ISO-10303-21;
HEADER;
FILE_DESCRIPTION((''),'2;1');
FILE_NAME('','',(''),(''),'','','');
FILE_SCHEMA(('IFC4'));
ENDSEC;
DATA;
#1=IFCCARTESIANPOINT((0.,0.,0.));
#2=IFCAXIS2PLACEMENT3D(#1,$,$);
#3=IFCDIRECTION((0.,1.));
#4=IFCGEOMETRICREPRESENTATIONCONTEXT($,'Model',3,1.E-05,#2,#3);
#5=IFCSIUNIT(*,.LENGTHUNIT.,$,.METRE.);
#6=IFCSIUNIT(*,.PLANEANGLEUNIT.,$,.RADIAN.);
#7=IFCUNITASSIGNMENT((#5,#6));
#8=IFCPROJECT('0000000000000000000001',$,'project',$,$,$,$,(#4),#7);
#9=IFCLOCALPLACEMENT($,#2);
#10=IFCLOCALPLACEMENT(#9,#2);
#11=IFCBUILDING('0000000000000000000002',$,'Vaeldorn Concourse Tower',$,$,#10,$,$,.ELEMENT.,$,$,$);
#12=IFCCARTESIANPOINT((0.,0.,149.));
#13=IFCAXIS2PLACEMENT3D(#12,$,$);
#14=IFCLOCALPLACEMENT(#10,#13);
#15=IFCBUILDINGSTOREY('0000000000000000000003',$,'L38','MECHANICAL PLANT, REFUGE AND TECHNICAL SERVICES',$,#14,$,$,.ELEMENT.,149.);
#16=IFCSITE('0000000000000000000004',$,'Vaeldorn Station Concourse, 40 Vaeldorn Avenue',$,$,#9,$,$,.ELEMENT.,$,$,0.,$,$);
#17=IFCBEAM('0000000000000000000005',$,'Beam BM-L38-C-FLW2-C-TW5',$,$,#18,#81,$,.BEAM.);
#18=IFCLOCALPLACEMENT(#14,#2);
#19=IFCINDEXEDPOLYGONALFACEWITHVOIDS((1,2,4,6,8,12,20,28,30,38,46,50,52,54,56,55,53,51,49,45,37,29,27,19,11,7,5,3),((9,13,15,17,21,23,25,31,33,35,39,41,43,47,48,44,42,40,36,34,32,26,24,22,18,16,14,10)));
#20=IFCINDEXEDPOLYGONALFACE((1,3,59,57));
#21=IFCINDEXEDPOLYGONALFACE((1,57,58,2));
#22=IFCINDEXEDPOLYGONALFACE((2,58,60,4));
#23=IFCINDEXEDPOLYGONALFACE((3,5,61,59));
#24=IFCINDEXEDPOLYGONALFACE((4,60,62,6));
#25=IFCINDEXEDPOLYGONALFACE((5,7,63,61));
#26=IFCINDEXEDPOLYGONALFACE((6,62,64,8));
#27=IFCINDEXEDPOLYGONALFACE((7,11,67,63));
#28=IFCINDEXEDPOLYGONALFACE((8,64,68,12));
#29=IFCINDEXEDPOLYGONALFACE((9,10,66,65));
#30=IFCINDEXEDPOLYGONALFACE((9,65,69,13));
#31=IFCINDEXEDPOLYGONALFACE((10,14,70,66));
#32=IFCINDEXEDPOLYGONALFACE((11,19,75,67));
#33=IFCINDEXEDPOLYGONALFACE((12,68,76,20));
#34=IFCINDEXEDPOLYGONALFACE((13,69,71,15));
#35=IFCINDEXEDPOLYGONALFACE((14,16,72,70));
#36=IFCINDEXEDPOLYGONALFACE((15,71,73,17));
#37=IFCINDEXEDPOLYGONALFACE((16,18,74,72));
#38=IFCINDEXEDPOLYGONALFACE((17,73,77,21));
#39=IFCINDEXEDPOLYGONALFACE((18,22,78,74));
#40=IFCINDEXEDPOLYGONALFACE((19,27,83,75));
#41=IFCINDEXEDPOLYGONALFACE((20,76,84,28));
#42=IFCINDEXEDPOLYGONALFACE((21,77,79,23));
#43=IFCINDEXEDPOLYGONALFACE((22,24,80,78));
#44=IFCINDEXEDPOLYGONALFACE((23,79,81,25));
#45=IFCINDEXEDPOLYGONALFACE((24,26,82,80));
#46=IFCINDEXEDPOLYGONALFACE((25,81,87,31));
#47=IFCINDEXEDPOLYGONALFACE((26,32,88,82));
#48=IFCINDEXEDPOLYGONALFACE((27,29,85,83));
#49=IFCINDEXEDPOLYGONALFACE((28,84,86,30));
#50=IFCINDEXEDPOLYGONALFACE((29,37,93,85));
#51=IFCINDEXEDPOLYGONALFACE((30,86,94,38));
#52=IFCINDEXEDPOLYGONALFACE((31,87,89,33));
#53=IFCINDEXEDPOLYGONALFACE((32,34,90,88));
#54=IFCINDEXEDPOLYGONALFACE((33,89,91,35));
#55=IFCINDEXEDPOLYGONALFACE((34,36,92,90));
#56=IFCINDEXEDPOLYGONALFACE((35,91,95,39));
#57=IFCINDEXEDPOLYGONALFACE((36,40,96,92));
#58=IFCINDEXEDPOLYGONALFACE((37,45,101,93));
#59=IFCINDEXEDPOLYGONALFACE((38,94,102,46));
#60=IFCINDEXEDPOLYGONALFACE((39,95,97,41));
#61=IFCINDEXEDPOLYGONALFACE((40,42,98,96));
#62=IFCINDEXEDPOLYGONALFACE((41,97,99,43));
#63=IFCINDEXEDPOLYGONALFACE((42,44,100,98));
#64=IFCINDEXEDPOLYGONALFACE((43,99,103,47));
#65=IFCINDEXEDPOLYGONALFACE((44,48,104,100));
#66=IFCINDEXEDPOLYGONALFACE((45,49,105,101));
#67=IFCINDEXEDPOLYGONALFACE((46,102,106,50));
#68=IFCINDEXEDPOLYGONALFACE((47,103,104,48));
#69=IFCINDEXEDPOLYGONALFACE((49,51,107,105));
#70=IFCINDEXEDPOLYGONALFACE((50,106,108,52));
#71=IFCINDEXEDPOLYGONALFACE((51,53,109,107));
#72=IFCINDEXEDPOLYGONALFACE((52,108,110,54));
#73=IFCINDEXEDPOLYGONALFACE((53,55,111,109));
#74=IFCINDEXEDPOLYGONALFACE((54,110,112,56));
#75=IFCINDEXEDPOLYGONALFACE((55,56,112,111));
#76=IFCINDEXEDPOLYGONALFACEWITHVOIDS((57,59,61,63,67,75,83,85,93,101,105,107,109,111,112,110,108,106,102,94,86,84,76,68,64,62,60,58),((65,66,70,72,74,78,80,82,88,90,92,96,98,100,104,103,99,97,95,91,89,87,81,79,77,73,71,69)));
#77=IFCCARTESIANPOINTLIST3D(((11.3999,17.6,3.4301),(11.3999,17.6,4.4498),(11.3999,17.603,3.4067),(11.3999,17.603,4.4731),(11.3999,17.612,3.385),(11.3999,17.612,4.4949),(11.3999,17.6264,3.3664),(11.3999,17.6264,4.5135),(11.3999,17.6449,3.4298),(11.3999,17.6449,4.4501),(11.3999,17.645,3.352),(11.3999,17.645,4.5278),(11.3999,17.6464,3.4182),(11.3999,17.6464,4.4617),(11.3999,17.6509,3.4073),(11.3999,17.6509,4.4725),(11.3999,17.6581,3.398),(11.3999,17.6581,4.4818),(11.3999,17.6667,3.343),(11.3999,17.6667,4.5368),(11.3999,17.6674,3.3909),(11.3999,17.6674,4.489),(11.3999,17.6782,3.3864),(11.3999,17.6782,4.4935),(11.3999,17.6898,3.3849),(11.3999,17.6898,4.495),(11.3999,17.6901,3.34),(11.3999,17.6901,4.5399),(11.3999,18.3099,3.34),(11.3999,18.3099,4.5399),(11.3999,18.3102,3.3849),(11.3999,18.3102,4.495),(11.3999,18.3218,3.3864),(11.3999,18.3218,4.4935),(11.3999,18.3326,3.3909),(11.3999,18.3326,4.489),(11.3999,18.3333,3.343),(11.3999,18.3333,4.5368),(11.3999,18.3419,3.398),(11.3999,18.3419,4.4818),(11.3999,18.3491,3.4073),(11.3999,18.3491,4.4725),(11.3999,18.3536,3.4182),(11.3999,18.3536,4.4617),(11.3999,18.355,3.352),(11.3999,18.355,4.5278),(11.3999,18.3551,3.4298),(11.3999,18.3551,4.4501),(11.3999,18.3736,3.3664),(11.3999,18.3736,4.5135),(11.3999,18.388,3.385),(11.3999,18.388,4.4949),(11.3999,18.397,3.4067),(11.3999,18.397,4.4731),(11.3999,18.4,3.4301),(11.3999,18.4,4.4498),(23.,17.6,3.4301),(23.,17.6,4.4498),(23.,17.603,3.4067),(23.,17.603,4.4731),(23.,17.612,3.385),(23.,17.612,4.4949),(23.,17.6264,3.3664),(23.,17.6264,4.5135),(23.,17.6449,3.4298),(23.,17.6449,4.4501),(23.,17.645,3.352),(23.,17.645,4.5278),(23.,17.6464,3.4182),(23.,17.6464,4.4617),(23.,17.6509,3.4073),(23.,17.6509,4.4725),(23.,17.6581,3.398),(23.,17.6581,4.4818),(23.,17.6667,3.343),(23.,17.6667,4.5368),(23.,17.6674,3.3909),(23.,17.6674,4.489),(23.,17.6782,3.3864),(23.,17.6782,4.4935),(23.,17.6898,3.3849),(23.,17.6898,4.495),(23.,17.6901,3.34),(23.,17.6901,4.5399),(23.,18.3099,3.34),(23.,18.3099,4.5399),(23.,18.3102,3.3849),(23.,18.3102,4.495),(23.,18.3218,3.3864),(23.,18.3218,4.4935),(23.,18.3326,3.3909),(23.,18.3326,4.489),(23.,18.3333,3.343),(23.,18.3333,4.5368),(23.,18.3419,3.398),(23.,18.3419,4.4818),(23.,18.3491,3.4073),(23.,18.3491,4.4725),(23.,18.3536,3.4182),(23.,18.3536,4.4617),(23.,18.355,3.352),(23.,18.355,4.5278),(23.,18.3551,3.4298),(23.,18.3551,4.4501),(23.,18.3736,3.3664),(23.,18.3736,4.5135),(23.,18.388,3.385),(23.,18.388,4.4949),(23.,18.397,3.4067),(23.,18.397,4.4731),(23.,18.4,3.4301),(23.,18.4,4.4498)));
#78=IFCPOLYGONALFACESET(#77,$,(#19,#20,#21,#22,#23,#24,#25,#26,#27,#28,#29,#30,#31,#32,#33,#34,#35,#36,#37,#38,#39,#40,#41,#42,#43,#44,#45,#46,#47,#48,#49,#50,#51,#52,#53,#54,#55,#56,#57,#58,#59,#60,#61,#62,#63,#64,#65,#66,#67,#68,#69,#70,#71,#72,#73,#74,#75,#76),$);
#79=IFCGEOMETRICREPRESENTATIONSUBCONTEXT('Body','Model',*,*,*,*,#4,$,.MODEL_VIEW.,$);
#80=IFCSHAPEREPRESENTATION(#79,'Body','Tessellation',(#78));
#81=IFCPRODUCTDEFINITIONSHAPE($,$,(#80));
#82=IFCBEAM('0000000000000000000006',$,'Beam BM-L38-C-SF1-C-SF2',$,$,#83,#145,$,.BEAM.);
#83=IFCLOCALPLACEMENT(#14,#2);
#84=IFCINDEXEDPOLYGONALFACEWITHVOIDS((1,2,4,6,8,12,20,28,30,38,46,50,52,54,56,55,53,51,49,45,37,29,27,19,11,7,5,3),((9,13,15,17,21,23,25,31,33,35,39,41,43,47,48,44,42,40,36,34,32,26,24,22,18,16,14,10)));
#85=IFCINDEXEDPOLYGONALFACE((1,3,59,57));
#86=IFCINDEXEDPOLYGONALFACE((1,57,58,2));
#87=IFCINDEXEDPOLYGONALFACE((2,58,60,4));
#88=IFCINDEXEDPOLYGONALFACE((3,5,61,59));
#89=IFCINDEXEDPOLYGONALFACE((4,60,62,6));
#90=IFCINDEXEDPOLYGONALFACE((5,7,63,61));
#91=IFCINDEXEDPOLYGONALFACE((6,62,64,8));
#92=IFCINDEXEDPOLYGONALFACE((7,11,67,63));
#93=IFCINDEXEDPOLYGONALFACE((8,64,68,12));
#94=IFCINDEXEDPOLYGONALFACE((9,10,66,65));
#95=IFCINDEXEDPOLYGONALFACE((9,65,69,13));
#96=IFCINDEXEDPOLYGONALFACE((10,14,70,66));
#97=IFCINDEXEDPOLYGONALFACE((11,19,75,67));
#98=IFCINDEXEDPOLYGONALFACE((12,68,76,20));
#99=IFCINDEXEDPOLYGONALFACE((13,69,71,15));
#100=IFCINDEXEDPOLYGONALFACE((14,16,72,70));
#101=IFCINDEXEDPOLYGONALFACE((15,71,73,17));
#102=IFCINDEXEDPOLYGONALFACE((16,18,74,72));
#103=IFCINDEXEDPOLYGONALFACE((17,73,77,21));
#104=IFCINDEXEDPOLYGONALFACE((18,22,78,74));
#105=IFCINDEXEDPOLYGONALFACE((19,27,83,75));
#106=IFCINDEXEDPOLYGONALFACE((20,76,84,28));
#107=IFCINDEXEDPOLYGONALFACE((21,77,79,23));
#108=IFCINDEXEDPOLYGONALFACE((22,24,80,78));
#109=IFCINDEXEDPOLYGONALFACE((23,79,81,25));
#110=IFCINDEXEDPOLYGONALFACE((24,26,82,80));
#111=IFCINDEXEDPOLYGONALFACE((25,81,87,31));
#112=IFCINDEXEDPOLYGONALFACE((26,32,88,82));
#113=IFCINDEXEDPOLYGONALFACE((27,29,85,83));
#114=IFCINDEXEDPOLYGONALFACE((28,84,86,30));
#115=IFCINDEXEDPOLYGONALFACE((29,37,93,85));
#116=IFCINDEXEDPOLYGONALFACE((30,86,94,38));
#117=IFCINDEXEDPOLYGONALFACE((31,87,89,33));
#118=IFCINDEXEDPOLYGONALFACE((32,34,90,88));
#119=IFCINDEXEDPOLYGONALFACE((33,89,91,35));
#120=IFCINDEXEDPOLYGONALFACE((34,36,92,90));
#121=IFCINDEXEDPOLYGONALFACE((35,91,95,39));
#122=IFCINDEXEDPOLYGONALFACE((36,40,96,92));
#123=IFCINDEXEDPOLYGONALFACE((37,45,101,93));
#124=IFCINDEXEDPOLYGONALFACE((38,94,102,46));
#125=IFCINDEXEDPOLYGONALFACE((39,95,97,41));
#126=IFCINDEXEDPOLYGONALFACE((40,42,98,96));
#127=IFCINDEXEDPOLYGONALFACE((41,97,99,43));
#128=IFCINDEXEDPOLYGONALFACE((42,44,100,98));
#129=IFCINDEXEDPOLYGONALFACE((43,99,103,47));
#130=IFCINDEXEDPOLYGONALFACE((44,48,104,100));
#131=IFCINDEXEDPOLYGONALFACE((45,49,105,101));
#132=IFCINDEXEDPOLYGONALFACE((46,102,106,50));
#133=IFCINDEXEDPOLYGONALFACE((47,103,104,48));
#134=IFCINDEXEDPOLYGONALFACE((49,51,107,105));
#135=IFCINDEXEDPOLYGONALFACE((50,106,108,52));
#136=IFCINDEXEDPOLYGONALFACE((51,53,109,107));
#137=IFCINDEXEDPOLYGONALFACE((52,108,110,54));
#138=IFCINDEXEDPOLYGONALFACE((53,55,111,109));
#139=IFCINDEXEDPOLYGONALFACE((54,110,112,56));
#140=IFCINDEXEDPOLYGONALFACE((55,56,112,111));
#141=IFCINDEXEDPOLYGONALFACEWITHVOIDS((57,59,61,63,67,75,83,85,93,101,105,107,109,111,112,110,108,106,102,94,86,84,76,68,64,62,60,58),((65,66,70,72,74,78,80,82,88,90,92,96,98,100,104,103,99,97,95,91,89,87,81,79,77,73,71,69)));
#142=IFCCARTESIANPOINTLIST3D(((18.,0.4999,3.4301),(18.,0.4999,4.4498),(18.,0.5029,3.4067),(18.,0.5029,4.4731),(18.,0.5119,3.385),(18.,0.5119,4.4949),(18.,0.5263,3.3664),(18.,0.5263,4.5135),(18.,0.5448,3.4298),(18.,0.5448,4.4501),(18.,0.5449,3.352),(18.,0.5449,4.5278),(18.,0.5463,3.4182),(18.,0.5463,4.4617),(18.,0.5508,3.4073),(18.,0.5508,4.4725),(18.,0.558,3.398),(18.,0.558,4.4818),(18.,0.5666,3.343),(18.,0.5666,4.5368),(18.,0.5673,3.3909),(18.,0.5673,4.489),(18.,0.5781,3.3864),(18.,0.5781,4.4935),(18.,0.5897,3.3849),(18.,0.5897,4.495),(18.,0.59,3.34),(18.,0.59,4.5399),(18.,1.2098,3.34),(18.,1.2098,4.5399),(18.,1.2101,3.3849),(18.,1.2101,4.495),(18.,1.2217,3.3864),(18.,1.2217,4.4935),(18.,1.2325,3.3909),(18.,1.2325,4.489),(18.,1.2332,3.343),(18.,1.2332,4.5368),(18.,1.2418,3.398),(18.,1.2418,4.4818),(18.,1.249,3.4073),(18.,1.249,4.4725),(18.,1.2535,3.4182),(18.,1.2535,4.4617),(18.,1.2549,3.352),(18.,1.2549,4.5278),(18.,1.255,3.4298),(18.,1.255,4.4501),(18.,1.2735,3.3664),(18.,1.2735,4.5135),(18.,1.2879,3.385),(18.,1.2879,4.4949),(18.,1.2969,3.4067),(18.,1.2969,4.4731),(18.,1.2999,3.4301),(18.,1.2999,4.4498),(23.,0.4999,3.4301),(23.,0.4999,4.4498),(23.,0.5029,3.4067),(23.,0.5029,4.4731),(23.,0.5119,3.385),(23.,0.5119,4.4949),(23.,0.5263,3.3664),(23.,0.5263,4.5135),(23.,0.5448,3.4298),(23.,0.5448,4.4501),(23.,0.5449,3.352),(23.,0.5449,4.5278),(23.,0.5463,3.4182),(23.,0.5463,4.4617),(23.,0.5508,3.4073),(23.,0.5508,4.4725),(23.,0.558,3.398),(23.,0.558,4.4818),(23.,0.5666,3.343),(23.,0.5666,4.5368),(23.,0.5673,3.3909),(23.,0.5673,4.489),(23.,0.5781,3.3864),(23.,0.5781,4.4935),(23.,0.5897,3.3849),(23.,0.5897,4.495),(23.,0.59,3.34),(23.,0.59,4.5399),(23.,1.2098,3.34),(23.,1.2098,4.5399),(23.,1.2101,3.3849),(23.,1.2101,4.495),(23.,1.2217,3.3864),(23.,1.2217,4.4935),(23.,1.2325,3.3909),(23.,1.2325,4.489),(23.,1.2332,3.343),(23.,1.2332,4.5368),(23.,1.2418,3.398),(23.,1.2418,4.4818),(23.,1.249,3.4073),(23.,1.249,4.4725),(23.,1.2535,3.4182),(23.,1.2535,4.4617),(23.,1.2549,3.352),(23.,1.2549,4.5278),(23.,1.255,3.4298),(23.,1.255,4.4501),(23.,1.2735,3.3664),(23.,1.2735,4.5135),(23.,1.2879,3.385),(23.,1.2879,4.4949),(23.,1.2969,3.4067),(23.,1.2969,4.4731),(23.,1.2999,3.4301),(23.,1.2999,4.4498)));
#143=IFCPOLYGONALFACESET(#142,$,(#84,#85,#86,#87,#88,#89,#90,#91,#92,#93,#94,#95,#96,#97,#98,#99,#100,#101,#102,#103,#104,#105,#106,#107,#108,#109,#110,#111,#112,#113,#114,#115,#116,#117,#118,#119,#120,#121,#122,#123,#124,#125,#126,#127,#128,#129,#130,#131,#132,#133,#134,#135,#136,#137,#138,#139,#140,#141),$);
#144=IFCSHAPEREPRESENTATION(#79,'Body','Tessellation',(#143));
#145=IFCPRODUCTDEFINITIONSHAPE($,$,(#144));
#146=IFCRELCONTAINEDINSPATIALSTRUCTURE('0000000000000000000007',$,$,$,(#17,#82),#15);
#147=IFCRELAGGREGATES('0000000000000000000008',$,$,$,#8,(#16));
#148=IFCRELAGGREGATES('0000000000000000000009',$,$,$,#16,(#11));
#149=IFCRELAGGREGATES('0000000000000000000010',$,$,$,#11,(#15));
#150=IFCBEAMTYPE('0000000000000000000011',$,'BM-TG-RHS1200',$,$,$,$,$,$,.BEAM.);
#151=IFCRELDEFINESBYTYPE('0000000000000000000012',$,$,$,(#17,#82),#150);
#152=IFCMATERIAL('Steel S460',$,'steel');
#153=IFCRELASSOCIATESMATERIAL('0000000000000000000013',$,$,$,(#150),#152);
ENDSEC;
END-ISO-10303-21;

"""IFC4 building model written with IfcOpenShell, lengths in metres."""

from ifc_helpers import new_model, si_unit, direction, frame, origin, origin_2d, place, context, subcontext, project, spatial, hollow_rectangle, extrude, source, transform, mapped, material, material_profile, profile_set, type_object, element, save


model = new_model("IFC4")

# Units and contexts
model_context = context("Model", 3, precision=1e-05, world=origin(), true_north=direction((0.0, 1.0)))
body_context = subcontext(model_context, "Body", "Model", "MODEL_VIEW")
ifc_project = project(units=[si_unit("LENGTHUNIT", "METRE"), si_unit("PLANEANGLEUNIT", "RADIAN")], contexts=[model_context])

# Site, building, storey
site_placement = place(None, origin())
site = spatial("IfcSite", under=ifc_project, at=site_placement, Name="Vaeldorn Station Concourse, 40 Vaeldorn Avenue", CompositionType="ELEMENT", RefElevation=0.0)
building_placement = place(site_placement, origin())
building = spatial("IfcBuilding", under=site, at=building_placement, Name="Vaeldorn Concourse Tower", CompositionType="ELEMENT")
storey_placement = place(building_placement, frame((0.0, 0.0, 149.0)))
storey = spatial("IfcBuildingStorey", under=building, at=storey_placement, Name="L38", Description="MECHANICAL PLANT, REFUGE AND TECHNICAL SERVICES", CompositionType="ELEMENT", Elevation=149.0)

# Shared definitions
ifc_material_1 = material(Name="Steel S460", Category="steel")

# Beams
ifc_material_profile_1 = material_profile(ifc_material_1, hollow_rectangle(XDim=0.8, YDim=1.2, WallThickness=0.0449, InnerFilletRadius=0.0449, OuterFilletRadius=0.0901, at=origin_2d()), Name="RHS 1200x800x45")
ifc_profile_set_1 = profile_set([ifc_material_profile_1], Name="Steel S460")
beam_type_1 = type_object("IfcBeamType", Name="BM-TG-RHS1200", PredefinedType="BEAM", material=ifc_profile_set_1)
shared_shape_1 = source(origin(), body_context, "Body", "SweptSolid", [
    extrude(hollow_rectangle(XDim=0.8, YDim=1.2, WallThickness=0.0449, InnerFilletRadius=0.0449, OuterFilletRadius=0.0901, at=origin_2d()), origin(), (0.0, 0.0, 1.0), 11.6001),
])
beam_1_placement = place(storey_placement, frame((11.3999, 18.0, 3.9399), z_axis=(1.0, 0.0, 0.0), x_axis=(0.0, 1.0, 0.0)))
element("IfcBeam", 1, at=beam_1_placement, inside=storey, type_object=beam_type_1, Name="Beam BM-L38-C-FLW2-C-TW5", PredefinedType="BEAM", context=body_context, shape_type="MappedRepresentation", body=[
    mapped(shared_shape_1, transform((0.0, 0.0, 0.0), scale=1.0)),
])
shared_shape_2 = source(origin(), body_context, "Body", "SweptSolid", [
    extrude(hollow_rectangle(XDim=0.8, YDim=1.2, WallThickness=0.0449, InnerFilletRadius=0.0449, OuterFilletRadius=0.0901, at=origin_2d()), origin(), (0.0, 0.0, 1.0), 5.0),
])
beam_2_placement = place(storey_placement, frame((18.0, 0.8999, 3.9399), z_axis=(1.0, 0.0, 0.0), x_axis=(0.0, 1.0, 0.0)))
element("IfcBeam", 2, at=beam_2_placement, inside=storey, type_object=beam_type_1, Name="Beam BM-L38-C-SF1-C-SF2", PredefinedType="BEAM", context=body_context, shape_type="MappedRepresentation", body=[
    mapped(shared_shape_2, transform((0.0, 0.0, 0.0), scale=1.0)),
])

save(model, "model.ifc")
